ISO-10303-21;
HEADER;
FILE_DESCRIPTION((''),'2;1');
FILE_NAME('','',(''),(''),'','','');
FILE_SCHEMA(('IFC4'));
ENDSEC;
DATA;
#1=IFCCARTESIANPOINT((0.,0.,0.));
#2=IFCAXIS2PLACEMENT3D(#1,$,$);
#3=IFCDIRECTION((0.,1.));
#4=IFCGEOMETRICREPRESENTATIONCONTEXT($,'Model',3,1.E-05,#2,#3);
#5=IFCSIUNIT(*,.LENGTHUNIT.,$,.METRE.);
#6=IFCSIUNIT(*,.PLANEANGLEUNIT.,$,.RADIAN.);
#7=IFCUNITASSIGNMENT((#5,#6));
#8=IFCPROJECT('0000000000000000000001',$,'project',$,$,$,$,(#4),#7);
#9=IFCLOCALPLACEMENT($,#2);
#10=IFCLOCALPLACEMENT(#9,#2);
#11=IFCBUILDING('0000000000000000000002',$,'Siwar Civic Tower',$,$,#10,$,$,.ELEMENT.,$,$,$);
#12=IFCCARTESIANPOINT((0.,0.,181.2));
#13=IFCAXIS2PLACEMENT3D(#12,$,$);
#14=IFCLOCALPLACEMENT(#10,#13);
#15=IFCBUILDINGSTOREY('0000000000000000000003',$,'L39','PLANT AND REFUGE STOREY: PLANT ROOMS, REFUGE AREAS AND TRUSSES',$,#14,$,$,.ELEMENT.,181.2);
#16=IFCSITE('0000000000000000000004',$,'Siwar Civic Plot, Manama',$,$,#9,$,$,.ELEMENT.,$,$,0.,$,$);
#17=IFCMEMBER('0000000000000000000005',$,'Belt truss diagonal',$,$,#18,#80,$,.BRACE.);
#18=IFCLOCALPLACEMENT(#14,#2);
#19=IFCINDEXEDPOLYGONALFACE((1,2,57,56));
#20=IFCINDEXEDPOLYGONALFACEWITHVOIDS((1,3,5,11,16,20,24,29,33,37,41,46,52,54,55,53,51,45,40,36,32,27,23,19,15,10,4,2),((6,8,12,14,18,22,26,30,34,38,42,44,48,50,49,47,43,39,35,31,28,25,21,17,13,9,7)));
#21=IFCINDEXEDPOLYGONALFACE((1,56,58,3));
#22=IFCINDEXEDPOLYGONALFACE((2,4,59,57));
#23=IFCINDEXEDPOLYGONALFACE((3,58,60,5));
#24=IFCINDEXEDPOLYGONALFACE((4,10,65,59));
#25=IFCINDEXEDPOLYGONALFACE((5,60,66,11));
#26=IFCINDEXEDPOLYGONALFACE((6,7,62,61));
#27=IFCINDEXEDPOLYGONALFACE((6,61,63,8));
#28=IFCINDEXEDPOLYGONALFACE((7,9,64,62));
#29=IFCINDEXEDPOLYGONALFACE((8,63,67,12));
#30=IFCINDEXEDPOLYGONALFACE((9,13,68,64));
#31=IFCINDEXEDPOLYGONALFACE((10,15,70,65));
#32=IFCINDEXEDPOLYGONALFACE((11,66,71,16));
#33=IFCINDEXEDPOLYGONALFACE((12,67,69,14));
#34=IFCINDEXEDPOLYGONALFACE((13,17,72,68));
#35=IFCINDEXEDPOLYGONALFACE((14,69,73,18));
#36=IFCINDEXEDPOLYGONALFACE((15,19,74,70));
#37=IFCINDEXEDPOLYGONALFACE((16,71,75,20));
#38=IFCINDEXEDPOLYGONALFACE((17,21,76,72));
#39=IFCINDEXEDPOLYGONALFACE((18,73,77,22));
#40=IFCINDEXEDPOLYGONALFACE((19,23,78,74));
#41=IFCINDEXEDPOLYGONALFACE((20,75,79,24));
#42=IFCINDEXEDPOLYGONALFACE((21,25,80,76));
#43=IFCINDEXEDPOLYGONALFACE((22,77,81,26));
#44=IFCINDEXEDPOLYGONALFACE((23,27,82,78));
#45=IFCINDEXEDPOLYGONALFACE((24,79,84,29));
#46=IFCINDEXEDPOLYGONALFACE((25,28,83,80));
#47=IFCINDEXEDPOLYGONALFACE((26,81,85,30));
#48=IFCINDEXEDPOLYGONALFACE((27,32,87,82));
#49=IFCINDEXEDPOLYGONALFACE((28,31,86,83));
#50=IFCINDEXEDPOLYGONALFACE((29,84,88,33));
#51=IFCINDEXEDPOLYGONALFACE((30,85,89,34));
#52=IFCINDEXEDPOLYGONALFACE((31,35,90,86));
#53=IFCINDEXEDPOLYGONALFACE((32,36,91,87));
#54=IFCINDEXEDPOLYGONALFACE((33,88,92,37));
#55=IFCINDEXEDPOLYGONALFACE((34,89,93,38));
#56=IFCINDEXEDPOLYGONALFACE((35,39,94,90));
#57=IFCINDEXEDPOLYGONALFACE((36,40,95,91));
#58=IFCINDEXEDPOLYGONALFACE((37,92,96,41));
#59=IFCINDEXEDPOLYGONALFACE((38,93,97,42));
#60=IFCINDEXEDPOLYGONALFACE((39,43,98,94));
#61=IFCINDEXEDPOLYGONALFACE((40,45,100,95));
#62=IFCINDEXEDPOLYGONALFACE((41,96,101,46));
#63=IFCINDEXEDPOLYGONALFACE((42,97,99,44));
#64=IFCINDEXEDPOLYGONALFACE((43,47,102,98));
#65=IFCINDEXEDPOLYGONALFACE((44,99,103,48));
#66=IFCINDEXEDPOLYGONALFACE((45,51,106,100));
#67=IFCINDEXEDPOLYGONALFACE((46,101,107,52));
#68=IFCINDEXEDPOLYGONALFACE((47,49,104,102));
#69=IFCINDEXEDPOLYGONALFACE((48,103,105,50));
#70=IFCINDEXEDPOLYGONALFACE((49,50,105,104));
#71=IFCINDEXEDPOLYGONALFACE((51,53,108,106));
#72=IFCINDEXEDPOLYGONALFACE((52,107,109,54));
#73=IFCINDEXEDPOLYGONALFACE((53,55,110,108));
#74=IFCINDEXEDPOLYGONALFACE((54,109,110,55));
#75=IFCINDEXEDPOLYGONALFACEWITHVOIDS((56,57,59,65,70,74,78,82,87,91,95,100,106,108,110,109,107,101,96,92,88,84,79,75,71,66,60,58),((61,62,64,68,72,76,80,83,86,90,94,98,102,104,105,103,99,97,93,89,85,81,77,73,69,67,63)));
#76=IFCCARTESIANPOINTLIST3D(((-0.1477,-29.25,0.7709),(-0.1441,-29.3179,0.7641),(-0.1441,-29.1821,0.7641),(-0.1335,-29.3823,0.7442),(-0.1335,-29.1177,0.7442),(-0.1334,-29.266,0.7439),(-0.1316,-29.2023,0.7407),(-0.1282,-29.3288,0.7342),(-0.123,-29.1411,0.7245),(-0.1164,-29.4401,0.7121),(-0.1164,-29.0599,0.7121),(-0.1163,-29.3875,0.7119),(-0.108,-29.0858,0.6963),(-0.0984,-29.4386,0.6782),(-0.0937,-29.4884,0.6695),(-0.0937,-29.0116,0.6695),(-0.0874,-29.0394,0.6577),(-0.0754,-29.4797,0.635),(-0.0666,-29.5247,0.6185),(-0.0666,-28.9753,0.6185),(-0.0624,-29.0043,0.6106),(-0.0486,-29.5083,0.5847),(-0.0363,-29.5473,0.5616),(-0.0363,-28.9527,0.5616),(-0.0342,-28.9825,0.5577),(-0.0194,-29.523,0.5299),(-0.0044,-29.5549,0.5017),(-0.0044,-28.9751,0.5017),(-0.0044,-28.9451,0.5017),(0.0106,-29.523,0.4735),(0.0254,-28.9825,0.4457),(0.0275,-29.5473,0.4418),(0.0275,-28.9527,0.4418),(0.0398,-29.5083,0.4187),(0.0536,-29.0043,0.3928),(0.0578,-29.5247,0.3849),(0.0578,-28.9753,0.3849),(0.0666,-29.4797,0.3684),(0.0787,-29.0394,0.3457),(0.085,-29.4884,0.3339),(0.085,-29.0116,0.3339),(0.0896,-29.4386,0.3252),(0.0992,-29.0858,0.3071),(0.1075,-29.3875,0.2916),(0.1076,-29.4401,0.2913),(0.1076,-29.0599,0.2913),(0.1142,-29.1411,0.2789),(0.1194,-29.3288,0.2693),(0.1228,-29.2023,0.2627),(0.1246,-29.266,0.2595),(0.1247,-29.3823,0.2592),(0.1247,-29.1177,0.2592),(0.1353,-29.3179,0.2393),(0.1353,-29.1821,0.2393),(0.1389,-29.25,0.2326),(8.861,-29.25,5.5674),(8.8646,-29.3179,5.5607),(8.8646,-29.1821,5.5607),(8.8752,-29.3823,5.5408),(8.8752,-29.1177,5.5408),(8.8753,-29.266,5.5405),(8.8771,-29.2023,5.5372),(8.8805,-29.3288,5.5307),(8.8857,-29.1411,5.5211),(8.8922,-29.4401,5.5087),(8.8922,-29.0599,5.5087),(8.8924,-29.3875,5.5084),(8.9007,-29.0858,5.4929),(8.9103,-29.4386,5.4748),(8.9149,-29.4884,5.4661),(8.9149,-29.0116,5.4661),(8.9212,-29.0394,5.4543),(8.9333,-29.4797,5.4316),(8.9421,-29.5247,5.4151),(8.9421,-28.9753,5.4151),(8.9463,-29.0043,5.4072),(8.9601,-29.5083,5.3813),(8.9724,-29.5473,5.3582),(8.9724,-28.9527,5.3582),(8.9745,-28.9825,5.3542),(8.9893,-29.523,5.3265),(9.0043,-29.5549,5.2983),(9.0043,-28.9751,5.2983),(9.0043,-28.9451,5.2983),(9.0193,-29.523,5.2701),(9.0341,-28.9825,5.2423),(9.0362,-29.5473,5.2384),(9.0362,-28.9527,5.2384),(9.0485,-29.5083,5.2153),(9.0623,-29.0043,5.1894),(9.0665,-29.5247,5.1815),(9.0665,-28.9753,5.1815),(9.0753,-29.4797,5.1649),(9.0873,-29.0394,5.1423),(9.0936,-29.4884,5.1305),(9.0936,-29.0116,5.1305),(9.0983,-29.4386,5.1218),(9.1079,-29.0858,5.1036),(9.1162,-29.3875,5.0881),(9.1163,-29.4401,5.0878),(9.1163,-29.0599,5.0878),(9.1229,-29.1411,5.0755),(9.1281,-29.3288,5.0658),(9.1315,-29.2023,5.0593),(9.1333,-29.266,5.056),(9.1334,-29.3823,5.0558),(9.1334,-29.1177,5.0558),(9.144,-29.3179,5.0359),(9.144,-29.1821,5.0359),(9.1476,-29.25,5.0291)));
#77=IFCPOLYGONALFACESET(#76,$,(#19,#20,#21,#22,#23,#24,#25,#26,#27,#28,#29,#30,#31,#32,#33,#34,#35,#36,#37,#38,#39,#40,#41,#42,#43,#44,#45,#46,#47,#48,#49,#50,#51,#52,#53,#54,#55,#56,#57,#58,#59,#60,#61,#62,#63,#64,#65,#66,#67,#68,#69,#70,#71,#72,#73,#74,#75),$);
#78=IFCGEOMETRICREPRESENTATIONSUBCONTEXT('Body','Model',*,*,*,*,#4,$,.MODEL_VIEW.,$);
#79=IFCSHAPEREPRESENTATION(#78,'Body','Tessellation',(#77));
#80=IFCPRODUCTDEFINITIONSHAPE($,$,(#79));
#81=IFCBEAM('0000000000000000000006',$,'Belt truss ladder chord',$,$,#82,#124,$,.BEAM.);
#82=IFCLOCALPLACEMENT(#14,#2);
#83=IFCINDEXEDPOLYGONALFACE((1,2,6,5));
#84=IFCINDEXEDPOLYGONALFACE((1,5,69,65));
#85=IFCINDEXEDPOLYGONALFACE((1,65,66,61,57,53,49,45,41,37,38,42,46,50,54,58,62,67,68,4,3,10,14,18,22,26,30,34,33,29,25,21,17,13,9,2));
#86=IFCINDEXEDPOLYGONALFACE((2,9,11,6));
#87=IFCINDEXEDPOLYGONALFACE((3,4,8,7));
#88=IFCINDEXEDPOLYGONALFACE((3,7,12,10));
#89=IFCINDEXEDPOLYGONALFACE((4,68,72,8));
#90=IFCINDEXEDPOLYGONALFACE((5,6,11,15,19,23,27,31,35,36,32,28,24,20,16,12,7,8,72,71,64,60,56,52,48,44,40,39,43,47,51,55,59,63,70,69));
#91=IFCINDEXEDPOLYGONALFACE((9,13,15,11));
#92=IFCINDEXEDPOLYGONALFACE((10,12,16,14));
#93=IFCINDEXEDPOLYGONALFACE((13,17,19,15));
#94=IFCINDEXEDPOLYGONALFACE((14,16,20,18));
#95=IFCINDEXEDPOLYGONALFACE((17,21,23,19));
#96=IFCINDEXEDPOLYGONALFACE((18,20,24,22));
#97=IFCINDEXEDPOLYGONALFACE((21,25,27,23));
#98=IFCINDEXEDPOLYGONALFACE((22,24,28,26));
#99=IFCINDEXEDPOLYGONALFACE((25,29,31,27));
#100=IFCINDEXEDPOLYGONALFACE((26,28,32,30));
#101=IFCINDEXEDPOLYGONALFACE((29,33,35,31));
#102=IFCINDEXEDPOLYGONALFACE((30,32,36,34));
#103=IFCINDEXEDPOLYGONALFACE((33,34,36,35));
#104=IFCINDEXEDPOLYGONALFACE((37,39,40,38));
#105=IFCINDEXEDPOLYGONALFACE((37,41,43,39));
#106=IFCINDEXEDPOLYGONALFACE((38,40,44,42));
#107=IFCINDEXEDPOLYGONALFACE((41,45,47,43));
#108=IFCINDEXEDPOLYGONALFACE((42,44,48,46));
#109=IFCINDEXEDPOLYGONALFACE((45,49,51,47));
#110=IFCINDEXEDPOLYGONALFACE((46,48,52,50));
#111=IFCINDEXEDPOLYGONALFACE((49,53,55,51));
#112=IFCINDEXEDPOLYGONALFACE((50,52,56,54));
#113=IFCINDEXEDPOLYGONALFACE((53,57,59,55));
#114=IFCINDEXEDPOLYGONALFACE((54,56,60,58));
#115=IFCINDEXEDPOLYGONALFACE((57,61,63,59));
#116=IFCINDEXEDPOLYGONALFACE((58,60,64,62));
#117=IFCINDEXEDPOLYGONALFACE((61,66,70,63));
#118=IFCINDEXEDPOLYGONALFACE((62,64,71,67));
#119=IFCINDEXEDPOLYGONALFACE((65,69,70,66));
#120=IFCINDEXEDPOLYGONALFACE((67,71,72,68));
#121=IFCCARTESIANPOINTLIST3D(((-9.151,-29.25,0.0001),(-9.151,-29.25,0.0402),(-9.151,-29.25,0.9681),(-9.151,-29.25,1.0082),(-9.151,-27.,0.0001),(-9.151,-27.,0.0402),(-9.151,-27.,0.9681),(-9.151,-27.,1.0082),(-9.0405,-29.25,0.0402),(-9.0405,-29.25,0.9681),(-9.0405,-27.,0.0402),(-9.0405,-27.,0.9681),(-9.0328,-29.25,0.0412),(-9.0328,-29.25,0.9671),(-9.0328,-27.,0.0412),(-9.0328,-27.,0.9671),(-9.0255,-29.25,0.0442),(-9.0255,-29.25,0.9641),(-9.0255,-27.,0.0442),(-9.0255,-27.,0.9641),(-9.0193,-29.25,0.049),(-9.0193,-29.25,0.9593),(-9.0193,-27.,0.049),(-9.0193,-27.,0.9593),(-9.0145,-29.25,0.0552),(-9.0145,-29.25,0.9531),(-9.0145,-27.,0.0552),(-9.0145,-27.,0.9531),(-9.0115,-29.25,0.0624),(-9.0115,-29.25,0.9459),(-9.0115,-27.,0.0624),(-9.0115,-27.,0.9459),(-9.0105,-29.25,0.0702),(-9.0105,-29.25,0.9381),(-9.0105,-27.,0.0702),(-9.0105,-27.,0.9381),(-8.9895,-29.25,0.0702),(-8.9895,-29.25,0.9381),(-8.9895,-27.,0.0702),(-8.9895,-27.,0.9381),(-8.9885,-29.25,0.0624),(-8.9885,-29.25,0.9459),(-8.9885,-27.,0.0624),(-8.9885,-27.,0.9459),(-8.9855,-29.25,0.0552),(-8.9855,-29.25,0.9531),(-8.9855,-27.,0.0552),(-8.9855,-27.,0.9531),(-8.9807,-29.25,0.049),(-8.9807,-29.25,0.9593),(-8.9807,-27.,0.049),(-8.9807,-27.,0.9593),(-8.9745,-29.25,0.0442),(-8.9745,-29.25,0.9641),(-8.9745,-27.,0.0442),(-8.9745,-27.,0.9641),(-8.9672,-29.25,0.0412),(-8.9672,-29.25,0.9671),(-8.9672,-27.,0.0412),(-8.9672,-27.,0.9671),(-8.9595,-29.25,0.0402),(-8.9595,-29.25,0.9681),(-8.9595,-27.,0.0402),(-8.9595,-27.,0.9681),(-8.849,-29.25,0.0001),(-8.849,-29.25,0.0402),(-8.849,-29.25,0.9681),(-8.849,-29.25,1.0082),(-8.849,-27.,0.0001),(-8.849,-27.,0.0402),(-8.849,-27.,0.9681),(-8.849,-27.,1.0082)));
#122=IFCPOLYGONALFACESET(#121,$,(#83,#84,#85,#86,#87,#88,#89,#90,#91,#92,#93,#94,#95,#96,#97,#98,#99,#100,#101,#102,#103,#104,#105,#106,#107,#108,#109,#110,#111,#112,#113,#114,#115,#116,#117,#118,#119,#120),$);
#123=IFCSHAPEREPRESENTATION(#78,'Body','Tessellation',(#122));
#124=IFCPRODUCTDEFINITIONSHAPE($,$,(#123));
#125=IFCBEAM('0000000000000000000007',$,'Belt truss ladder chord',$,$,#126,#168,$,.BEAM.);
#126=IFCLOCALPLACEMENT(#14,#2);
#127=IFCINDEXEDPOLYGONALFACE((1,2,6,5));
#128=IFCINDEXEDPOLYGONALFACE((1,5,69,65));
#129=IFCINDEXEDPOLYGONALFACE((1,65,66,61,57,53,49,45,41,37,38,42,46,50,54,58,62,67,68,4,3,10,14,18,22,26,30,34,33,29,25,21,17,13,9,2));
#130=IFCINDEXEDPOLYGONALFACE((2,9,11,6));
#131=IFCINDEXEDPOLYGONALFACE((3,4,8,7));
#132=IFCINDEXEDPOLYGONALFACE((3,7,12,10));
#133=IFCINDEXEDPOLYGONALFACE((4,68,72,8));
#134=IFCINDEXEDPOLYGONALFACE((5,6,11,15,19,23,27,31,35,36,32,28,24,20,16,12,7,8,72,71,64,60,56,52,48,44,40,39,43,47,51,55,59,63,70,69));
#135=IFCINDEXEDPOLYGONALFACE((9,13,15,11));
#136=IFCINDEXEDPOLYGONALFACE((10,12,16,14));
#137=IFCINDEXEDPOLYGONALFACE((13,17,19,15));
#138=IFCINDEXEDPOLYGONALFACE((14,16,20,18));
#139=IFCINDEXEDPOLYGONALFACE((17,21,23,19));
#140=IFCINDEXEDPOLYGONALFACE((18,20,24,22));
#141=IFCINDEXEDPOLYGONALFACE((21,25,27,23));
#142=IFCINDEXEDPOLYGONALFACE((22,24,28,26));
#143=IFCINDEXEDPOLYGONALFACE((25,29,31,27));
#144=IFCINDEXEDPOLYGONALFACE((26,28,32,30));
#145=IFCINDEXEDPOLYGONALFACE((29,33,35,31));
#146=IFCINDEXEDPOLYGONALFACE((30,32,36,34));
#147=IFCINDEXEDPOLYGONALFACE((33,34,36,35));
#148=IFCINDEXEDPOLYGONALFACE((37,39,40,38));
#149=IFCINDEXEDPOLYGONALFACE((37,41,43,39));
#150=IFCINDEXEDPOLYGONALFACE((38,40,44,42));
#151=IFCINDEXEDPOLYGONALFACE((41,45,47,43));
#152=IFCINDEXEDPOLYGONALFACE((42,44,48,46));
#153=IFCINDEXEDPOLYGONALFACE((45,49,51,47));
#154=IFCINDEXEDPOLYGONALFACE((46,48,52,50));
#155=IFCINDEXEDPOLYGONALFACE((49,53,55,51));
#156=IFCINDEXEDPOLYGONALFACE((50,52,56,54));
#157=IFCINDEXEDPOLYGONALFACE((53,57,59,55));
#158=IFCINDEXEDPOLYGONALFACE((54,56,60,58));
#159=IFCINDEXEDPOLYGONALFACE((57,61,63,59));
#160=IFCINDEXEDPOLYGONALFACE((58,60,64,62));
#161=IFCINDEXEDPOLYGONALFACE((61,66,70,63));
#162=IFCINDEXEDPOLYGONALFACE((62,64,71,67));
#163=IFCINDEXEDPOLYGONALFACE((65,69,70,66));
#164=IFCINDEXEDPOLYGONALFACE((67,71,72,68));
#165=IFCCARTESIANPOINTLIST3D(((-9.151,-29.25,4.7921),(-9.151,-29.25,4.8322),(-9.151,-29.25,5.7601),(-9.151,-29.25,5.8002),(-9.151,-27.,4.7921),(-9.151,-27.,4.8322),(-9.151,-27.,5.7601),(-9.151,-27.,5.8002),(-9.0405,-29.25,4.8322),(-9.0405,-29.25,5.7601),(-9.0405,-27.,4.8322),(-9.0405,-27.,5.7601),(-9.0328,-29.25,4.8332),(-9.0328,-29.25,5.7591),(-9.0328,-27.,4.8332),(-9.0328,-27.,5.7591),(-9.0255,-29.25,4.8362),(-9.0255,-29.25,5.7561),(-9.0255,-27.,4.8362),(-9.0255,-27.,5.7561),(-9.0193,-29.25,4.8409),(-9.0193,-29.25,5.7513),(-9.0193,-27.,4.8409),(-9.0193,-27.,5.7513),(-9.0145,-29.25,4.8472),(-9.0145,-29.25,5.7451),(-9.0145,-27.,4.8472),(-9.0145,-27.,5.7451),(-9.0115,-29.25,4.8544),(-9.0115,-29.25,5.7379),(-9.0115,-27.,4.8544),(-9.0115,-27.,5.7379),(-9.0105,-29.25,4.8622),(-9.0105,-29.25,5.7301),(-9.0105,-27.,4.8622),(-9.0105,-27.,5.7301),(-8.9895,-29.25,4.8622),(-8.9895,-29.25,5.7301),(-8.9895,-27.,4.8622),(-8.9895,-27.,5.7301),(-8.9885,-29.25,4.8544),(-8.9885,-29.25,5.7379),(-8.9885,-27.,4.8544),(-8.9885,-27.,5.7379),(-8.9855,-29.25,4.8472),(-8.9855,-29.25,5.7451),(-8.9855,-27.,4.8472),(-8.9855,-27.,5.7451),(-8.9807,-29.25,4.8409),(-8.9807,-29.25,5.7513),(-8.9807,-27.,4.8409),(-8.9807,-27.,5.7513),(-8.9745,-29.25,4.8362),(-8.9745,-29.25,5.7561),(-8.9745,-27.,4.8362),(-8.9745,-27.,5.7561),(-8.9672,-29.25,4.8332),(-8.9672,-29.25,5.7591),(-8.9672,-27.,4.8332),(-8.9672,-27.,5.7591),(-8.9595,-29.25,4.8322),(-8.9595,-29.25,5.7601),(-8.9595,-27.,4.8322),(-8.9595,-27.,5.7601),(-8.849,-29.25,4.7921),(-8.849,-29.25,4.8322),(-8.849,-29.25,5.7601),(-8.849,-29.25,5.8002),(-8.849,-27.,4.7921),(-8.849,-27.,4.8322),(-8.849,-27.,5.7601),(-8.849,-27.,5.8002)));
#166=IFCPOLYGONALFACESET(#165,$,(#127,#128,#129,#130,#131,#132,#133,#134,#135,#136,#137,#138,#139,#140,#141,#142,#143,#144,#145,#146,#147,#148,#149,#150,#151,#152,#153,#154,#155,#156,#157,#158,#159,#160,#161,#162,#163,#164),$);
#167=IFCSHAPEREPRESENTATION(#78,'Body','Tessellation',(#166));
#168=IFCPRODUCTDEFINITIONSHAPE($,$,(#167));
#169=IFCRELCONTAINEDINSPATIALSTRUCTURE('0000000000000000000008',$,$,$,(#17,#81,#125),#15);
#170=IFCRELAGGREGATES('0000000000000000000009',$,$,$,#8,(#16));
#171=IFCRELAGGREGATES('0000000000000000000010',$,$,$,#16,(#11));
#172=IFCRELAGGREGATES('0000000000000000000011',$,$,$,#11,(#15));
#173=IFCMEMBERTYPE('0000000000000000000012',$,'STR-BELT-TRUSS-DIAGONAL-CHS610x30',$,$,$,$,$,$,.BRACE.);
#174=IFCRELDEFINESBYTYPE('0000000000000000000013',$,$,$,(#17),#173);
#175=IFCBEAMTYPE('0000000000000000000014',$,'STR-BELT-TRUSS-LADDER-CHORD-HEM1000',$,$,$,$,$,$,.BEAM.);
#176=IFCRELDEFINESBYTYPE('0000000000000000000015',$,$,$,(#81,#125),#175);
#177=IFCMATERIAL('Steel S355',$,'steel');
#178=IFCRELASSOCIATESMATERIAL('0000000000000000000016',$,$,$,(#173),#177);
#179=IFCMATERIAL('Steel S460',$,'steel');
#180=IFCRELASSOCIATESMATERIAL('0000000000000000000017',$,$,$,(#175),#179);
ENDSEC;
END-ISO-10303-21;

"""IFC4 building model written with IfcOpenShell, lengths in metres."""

from ifc_helpers import new_model, si_unit, direction, frame, origin, origin_2d, place, context, subcontext, project, spatial, hollow_circle, i_section, extrude, material, material_profile, profile_set, type_object, element, save


model = new_model("IFC4")

# Units and contexts
model_context = context("Model", 3, precision=1e-05, world=origin(), true_north=direction((0.0, 1.0)))
body_context = subcontext(model_context, "Body", "Model", "MODEL_VIEW")
ifc_project = project(units=[si_unit("LENGTHUNIT", "METRE"), si_unit("PLANEANGLEUNIT", "RADIAN")], contexts=[model_context])

# Site, building, storey
site_placement = place(None, origin())
site = spatial("IfcSite", under=ifc_project, at=site_placement, Name="Siwar Civic Plot, Manama", CompositionType="ELEMENT", RefElevation=0.0)
building_placement = place(site_placement, origin())
building = spatial("IfcBuilding", under=site, at=building_placement, Name="Siwar Civic Tower", CompositionType="ELEMENT")
storey_placement = place(building_placement, frame((0.0, 0.0, 181.2)))
storey = spatial("IfcBuildingStorey", under=building, at=storey_placement, Name="L39", Description="PLANT AND REFUGE STOREY: PLANT ROOMS, REFUGE AREAS AND TRUSSES", CompositionType="ELEMENT", Elevation=181.2)

# Member
ifc_material_1 = material(Name="Steel S355", Category="steel")
ifc_material_profile_1 = material_profile(ifc_material_1, hollow_circle(Radius=0.3049, WallThickness=0.03, at=origin_2d()), Name="CHS610x30")
ifc_profile_set_1 = profile_set([ifc_material_profile_1], Name="Steel S355")
member_type_1 = type_object("IfcMemberType", Name="STR-BELT-TRUSS-DIAGONAL-CHS610x30", PredefinedType="BRACE", material=ifc_profile_set_1)
member_1_placement = place(storey_placement, frame((-0.0044, -29.25, 0.5017), z_axis=(0.882681, 0.0, 0.469974), x_axis=(0.0, 1.0, 0.0)))
element("IfcMember", 1, at=member_1_placement, inside=storey, type_object=member_type_1, Name="Belt truss diagonal", PredefinedType="BRACE", context=body_context, shape_type="SweptSolid", body=[
    extrude(hollow_circle(Radius=0.3049, WallThickness=0.03, at=origin_2d()), origin(), (0.0, 0.0, 1.0), 10.2061),
])

# Beams
ifc_material_2 = material(Name="Steel S460", Category="steel")
ifc_material_profile_2 = material_profile(ifc_material_2, i_section(OverallWidth=0.302, OverallDepth=1.0081, WebThickness=0.021, FlangeThickness=0.04, FilletRadius=0.03, at=origin_2d()), Name="HEM1000")
ifc_profile_set_2 = profile_set([ifc_material_profile_2], Name="Steel S460")
beam_type_1 = type_object("IfcBeamType", Name="STR-BELT-TRUSS-LADDER-CHORD-HEM1000", PredefinedType="BEAM", material=ifc_profile_set_2)
for number, where, z_axis, x_axis, name in (
    (2, (-9.0, -27.0, 0.5042), (0.0, -1.0, 0.0), (1.0, 0.0, 0.0), "Belt truss ladder chord"),
    (3, (-9.0, -27.0, 5.2961), (0.0, -1.0, 0.0), (1.0, 0.0, 0.0), "Belt truss ladder chord"),
):
    element("IfcBeam", number, at=place(storey_placement, frame(where, z_axis=z_axis, x_axis=x_axis)), inside=storey, type_object=beam_type_1, Name=name, PredefinedType="BEAM", context=body_context, shape_type="SweptSolid", body=[
        extrude(i_section(OverallWidth=0.302, OverallDepth=1.0081, WebThickness=0.021, FlangeThickness=0.04, FilletRadius=0.03, at=origin_2d()), origin(), (0.0, 0.0, 1.0), 2.25),
    ])

save(model, "model.ifc")
